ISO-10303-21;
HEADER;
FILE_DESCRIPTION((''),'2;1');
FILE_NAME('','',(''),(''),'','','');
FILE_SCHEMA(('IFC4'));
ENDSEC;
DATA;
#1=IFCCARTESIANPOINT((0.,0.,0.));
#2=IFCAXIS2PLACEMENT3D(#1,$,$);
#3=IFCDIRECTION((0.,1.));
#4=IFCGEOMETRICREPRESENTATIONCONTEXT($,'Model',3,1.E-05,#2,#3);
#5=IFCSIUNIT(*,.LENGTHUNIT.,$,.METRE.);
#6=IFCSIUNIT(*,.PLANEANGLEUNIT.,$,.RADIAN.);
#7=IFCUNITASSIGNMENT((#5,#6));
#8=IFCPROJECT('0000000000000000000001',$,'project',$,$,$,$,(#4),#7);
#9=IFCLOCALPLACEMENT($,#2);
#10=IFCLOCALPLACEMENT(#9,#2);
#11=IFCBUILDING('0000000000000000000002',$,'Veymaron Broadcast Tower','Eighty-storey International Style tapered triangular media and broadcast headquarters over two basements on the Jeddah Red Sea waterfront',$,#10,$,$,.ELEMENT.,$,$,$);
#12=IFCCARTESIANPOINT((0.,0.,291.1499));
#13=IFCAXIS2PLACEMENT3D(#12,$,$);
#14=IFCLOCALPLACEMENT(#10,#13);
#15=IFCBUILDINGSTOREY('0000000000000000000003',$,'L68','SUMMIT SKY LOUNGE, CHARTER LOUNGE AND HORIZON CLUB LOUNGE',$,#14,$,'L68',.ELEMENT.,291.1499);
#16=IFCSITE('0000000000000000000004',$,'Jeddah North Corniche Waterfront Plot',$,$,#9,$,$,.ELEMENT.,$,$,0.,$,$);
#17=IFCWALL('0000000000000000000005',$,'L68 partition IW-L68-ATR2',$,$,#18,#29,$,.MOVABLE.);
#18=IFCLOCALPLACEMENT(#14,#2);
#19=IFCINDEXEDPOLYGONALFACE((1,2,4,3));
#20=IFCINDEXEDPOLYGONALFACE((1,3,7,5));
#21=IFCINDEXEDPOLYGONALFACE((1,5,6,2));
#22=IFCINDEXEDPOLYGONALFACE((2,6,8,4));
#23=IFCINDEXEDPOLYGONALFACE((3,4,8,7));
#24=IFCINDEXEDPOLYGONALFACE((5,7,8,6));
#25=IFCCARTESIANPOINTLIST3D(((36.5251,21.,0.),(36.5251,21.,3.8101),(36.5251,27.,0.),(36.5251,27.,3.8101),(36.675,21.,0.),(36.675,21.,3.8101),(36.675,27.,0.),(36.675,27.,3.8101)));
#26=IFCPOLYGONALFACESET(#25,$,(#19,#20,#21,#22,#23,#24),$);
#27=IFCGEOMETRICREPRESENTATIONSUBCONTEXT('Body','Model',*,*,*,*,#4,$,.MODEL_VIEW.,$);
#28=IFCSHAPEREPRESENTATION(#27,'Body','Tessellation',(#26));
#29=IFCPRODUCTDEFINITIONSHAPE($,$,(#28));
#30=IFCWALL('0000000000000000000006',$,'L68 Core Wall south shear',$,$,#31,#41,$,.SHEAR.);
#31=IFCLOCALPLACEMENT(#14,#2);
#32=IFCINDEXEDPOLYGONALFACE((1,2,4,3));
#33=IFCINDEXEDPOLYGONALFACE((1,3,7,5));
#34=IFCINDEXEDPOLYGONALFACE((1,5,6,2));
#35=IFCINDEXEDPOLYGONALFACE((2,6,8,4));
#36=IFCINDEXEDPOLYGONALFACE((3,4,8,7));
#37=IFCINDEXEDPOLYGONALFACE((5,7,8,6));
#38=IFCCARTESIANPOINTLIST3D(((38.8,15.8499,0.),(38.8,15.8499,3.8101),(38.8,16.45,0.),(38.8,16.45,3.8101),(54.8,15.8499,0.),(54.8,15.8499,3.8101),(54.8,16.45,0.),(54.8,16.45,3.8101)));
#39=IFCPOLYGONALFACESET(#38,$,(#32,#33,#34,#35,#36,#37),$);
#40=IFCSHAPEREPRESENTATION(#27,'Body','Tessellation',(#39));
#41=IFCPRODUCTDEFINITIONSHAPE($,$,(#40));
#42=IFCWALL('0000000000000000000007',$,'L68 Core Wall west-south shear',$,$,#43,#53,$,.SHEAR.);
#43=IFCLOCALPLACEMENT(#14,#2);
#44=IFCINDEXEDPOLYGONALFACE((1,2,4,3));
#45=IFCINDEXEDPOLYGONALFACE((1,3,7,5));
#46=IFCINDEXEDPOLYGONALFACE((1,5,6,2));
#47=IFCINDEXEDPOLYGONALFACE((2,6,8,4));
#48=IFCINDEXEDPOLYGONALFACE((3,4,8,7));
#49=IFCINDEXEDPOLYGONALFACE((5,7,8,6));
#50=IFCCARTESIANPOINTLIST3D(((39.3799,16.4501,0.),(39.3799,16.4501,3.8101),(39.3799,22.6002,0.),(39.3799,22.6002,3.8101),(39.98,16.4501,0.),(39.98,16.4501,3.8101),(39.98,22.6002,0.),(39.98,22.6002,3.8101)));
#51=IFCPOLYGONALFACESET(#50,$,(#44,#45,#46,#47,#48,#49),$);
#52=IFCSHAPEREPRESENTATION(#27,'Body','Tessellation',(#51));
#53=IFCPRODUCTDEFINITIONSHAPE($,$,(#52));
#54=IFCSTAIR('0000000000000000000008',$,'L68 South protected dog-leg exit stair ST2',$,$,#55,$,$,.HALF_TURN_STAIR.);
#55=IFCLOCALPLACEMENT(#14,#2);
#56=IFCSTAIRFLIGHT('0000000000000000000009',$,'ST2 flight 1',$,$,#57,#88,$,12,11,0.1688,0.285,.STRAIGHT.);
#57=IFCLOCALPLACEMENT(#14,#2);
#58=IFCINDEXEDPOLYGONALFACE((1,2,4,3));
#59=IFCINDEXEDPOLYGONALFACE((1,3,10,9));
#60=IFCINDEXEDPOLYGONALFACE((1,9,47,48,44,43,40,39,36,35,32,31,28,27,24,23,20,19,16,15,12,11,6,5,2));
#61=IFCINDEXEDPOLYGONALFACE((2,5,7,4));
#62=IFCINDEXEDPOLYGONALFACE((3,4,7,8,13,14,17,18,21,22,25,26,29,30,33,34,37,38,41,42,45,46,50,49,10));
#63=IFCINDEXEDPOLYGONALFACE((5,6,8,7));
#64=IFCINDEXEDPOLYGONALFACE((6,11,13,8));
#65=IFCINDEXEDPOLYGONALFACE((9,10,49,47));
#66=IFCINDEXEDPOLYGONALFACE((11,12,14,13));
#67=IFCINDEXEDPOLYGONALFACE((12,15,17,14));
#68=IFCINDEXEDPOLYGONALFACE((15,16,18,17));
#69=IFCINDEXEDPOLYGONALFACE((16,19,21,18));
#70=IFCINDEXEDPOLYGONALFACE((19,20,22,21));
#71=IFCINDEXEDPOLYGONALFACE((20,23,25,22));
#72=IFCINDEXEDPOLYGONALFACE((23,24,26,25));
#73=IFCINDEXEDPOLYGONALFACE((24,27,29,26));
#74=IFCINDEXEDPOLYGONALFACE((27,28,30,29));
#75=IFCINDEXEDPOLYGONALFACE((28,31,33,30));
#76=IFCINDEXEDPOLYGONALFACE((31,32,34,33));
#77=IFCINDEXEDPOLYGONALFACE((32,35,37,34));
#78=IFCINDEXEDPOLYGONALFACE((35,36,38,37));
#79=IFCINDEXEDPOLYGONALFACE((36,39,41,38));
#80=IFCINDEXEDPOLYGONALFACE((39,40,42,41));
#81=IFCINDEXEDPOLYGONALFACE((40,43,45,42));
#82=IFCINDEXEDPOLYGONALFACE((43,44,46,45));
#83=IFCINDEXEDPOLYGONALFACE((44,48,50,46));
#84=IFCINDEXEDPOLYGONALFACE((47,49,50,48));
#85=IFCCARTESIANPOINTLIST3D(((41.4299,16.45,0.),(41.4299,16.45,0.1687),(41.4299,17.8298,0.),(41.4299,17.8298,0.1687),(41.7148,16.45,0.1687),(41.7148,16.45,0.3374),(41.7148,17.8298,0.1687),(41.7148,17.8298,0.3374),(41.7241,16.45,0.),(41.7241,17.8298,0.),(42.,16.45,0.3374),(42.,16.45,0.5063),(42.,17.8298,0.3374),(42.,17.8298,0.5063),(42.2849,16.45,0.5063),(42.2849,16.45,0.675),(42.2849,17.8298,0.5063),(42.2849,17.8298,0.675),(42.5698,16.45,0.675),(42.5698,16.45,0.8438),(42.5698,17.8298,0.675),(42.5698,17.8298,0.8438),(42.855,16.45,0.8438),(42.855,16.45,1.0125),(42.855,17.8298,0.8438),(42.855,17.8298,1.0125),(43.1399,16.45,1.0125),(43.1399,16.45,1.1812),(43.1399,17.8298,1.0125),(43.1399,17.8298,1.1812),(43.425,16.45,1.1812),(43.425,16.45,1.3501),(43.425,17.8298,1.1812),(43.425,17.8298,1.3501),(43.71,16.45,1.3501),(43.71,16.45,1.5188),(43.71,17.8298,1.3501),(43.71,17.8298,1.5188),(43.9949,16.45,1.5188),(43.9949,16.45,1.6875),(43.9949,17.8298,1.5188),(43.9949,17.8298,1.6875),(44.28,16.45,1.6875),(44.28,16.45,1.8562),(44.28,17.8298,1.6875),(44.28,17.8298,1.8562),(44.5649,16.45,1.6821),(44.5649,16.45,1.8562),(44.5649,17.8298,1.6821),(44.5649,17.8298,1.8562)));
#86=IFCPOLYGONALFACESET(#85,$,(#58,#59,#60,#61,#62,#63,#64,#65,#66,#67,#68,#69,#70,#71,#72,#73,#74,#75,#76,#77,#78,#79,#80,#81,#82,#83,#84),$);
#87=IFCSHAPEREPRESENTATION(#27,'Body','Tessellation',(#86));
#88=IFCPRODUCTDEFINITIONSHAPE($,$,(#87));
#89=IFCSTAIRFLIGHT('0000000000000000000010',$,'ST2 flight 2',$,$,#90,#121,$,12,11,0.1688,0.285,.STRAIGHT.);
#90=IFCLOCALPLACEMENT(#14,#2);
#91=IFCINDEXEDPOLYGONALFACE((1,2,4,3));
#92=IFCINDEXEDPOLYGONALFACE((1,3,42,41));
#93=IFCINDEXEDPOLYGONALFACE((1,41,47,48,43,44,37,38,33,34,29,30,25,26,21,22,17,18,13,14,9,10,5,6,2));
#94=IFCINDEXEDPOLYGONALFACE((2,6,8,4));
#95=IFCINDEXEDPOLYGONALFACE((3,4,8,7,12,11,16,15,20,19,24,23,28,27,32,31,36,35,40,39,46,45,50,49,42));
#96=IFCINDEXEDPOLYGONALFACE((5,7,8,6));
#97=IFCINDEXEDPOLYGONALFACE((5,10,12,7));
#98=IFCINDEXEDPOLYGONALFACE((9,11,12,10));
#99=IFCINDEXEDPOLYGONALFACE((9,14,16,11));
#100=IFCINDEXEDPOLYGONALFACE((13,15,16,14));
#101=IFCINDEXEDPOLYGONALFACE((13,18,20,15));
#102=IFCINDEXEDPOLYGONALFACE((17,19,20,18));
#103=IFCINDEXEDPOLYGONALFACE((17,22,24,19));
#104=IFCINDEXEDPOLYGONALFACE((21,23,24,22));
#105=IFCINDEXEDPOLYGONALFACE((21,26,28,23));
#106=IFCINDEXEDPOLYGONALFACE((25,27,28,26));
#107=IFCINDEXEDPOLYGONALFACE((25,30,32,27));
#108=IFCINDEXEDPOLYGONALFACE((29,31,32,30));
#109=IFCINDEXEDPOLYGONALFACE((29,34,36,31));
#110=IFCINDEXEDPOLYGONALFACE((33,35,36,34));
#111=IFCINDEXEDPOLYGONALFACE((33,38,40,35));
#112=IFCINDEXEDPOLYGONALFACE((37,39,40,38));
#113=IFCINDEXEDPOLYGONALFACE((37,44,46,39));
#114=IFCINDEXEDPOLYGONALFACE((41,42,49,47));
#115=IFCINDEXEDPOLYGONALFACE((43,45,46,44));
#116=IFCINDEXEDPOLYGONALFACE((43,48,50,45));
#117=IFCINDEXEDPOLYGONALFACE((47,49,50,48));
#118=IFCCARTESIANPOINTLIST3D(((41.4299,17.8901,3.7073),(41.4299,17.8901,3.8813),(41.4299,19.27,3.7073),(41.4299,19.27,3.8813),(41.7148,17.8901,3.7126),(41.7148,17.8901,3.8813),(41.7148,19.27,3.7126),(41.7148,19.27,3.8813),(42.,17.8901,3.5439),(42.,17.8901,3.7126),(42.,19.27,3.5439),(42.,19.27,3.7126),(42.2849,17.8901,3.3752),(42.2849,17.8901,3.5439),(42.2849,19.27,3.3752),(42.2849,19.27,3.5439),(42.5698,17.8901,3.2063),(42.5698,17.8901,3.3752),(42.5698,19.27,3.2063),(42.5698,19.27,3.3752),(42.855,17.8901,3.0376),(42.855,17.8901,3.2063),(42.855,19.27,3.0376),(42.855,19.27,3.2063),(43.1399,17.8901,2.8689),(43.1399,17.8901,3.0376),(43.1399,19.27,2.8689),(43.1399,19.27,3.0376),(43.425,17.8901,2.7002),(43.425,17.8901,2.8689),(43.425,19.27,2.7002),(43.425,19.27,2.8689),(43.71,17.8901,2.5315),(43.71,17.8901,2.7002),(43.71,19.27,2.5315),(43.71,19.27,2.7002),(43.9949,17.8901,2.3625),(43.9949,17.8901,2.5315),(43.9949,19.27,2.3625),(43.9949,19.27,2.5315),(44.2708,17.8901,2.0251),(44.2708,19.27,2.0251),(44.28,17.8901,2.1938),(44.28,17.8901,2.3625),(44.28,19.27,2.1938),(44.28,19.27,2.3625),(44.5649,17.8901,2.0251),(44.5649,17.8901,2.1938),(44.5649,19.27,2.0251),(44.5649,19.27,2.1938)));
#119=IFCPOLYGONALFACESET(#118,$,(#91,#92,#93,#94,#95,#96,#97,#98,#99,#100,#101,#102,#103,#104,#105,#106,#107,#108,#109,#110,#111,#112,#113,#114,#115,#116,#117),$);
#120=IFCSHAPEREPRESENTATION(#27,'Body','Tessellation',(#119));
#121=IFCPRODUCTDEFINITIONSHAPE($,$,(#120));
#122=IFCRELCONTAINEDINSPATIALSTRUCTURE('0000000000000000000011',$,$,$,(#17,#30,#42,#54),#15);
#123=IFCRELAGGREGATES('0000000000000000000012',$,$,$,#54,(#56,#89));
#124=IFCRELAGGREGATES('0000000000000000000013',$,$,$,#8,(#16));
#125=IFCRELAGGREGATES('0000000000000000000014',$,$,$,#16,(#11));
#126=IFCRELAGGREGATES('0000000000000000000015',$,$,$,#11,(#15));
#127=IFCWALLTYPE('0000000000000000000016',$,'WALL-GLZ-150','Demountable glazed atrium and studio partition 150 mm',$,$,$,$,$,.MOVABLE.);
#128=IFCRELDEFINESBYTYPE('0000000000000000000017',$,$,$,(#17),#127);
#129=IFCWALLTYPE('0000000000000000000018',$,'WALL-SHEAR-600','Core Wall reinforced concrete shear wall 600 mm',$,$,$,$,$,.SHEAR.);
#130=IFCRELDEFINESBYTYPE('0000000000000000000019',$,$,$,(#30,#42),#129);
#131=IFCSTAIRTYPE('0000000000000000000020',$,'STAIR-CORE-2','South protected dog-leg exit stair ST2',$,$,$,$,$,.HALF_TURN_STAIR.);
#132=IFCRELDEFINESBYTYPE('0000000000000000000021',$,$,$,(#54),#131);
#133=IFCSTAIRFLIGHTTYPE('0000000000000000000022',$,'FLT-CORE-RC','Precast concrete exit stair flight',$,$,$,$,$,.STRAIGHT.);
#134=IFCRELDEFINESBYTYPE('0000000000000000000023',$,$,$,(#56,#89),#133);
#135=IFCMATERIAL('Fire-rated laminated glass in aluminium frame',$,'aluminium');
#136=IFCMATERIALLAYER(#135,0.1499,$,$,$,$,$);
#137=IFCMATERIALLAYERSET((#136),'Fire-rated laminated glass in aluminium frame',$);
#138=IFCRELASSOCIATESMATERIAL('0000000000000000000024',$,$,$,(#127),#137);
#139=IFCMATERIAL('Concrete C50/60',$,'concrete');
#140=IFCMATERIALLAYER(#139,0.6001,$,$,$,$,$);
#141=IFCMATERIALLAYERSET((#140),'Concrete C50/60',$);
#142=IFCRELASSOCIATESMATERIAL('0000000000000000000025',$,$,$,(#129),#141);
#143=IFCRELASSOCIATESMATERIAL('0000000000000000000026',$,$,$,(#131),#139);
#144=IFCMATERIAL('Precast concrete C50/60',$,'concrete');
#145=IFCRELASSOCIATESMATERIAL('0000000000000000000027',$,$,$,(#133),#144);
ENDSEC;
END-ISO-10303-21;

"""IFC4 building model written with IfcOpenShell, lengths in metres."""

from ifc_helpers import new_model, si_unit, direction, frame, frame_2d, origin, place, context, subcontext, project, spatial, polyline, rectangle, outline, extrude, material, layer, layer_set, type_object, element, aggregate, save


model = new_model("IFC4")

# Units and contexts
model_context = context("Model", 3, precision=1e-05, world=origin(), true_north=direction((0.0, 1.0)))
body_context = subcontext(model_context, "Body", "Model", "MODEL_VIEW")
ifc_project = project(units=[si_unit("LENGTHUNIT", "METRE"), si_unit("PLANEANGLEUNIT", "RADIAN")], contexts=[model_context])

# Site, building, storey
site_placement = place(None, origin())
site = spatial("IfcSite", under=ifc_project, at=site_placement, Name="Jeddah North Corniche Waterfront Plot", CompositionType="ELEMENT", RefElevation=0.0)
building_placement = place(site_placement, origin())
building = spatial("IfcBuilding", under=site, at=building_placement, Name="Veymaron Broadcast Tower", Description="Eighty-storey International Style tapered triangular media and broadcast headquarters over two basements on the Jeddah Red Sea waterfront", CompositionType="ELEMENT")
storey_placement = place(building_placement, frame((0.0, 0.0, 291.1499)))
storey = spatial("IfcBuildingStorey", under=building, at=storey_placement, Name="L68", Description="SUMMIT SKY LOUNGE, CHARTER LOUNGE AND HORIZON CLUB LOUNGE", LongName="L68", CompositionType="ELEMENT", Elevation=291.1499)

# Wall
ifc_material_1 = material(Name="Fire-rated laminated glass in aluminium frame", Category="aluminium")
ifc_layer_1 = layer(ifc_material_1, 0.1499)
ifc_layer_set_1 = layer_set([ifc_layer_1], Name="Fire-rated laminated glass in aluminium frame")
wall_type_1 = type_object("IfcWallType", Name="WALL-GLZ-150", Description="Demountable glazed atrium and studio partition 150 mm", PredefinedType="MOVABLE", material=ifc_layer_set_1)
wall_1_placement = place(storey_placement, frame((36.6001, 21.0, 0.0), z_axis=(0.0, 0.0, 1.0), x_axis=(0.0, 1.0, 0.0)))
element("IfcWall", 1, at=wall_1_placement, inside=storey, type_object=wall_type_1, Name="L68 partition IW-L68-ATR2", PredefinedType="MOVABLE", context=body_context, shape_type="SweptSolid", body=[
    extrude(rectangle(XDim=6.0, YDim=0.1499, at=frame_2d((3.0, 0.0))), origin(), (0.0, 0.0, 1.0), 3.8101),
])

# Shared definitions
ifc_material_2 = material(Name="Concrete C50/60", Category="concrete")

# Walls
ifc_layer_2 = layer(ifc_material_2, 0.6001)
ifc_layer_set_2 = layer_set([ifc_layer_2], Name="Concrete C50/60")
wall_type_2 = type_object("IfcWallType", Name="WALL-SHEAR-600", Description="Core Wall reinforced concrete shear wall 600 mm", PredefinedType="SHEAR", material=ifc_layer_set_2)
wall_2_placement = place(storey_placement, frame((38.8, 16.1499, 0.0), z_axis=(0.0, 0.0, 1.0), x_axis=(1.0, 0.0, 0.0)))
element("IfcWall", 2, at=wall_2_placement, inside=storey, type_object=wall_type_2, Name="L68 Core Wall south shear", PredefinedType="SHEAR", context=body_context, shape_type="SweptSolid", body=[
    extrude(rectangle(XDim=16.0, YDim=0.6001, at=frame_2d((8.0, 0.0))), origin(), (0.0, 0.0, 1.0), 3.8101),
])
wall_3_placement = place(storey_placement, frame((39.6799, 16.45, 0.0), z_axis=(0.0, 0.0, 1.0), x_axis=(0.0, 1.0, 0.0)))
element("IfcWall", 3, at=wall_3_placement, inside=storey, type_object=wall_type_2, Name="L68 Core Wall west-south shear", PredefinedType="SHEAR", context=body_context, shape_type="SweptSolid", body=[
    extrude(rectangle(XDim=6.1501, YDim=0.6001, at=frame_2d((3.0752, 0.0))), origin(), (0.0, 0.0, 1.0), 3.8101),
])

# Stair, stair flights
stair_type = type_object("IfcStairType", Name="STAIR-CORE-2", Description="South protected dog-leg exit stair ST2", PredefinedType="HALF_TURN_STAIR", material=ifc_material_2)
stair_placement = place(storey_placement, origin())
stair = element("IfcStair", 4, at=stair_placement, inside=storey, type_object=stair_type, Name="L68 South protected dog-leg exit stair ST2", PredefinedType="HALF_TURN_STAIR")
ifc_material_3 = material(Name="Precast concrete C50/60", Category="concrete")
stair_flight_type = type_object("IfcStairFlightType", Name="FLT-CORE-RC", Description="Precast concrete exit stair flight", PredefinedType="STRAIGHT", material=ifc_material_3)
stair_flight_1_placement = place(storey_placement, frame((41.4299, 17.1399, 0.0), z_axis=(0.0, 0.0, 1.0), x_axis=(1.0, 0.0, 0.0)))
stair_flight_1 = element("IfcStairFlight", 5, at=stair_flight_1_placement, type_object=stair_flight_type, Name="ST2 flight 1", NumberOfRisers=12, NumberOfTreads=11, PredefinedType="STRAIGHT", RiserHeight=0.1688, TreadLength=0.285, context=body_context, shape_type="SweptSolid", body=[
    extrude(outline(polyline([(0.0, 0.0), (0.0, 0.1687), (0.2849, 0.1687), (0.2849, 0.3374), (0.5701, 0.3374), (0.5701, 0.5063), (0.855, 0.5063), (0.855, 0.675), (1.1399, 0.675), (1.1399, 0.8438), (1.425, 0.8438), (1.425, 1.0125), (1.71, 1.0125), (1.71, 1.1812), (1.9951, 1.1812), (1.9951, 1.3501), (2.28, 1.3501), (2.28, 1.5188), (2.5649, 1.5188), (2.5649, 1.6875), (2.8501, 1.6875), (2.8501, 1.8562), (3.135, 1.8562), (3.135, 2.0249), (3.135, 1.6821), (0.2942, 0.0), (0.0, 0.0)])), frame((0.0, 0.6899, 0.0), z_axis=(0.0, -1.0, 0.0), x_axis=(1.0, 0.0, 0.0)), (0.0, 0.0, 1.0), 1.3799),
])
stair_flight_2_placement = place(storey_placement, frame((44.5649, 18.5801, 2.0251), z_axis=(0.0, 0.0, 1.0), x_axis=(-1.0, 0.0, 0.0)))
stair_flight_2 = element("IfcStairFlight", 6, at=stair_flight_2_placement, type_object=stair_flight_type, Name="ST2 flight 2", NumberOfRisers=12, NumberOfTreads=11, PredefinedType="STRAIGHT", RiserHeight=0.1688, TreadLength=0.285, context=body_context, shape_type="SweptSolid", body=[
    extrude(outline(polyline([(0.0, 0.0), (0.0, 0.1687), (0.2849, 0.1687), (0.2849, 0.3374), (0.5701, 0.3374), (0.5701, 0.5063), (0.855, 0.5063), (0.855, 0.675), (1.1399, 0.675), (1.1399, 0.8438), (1.425, 0.8438), (1.425, 1.0125), (1.71, 1.0125), (1.71, 1.1812), (1.9951, 1.1812), (1.9951, 1.3501), (2.28, 1.3501), (2.28, 1.5188), (2.5649, 1.5188), (2.5649, 1.6875), (2.8501, 1.6875), (2.8501, 1.8562), (3.135, 1.8562), (3.135, 2.0249), (3.135, 1.6821), (0.2942, 0.0), (0.0, 0.0)])), frame((0.0, 0.6899, 0.0), z_axis=(0.0, -1.0, 0.0), x_axis=(1.0, 0.0, 0.0)), (0.0, 0.0, 1.0), 1.3799),
])
aggregate(stair, [stair_flight_1, stair_flight_2])

save(model, "model.ifc")
